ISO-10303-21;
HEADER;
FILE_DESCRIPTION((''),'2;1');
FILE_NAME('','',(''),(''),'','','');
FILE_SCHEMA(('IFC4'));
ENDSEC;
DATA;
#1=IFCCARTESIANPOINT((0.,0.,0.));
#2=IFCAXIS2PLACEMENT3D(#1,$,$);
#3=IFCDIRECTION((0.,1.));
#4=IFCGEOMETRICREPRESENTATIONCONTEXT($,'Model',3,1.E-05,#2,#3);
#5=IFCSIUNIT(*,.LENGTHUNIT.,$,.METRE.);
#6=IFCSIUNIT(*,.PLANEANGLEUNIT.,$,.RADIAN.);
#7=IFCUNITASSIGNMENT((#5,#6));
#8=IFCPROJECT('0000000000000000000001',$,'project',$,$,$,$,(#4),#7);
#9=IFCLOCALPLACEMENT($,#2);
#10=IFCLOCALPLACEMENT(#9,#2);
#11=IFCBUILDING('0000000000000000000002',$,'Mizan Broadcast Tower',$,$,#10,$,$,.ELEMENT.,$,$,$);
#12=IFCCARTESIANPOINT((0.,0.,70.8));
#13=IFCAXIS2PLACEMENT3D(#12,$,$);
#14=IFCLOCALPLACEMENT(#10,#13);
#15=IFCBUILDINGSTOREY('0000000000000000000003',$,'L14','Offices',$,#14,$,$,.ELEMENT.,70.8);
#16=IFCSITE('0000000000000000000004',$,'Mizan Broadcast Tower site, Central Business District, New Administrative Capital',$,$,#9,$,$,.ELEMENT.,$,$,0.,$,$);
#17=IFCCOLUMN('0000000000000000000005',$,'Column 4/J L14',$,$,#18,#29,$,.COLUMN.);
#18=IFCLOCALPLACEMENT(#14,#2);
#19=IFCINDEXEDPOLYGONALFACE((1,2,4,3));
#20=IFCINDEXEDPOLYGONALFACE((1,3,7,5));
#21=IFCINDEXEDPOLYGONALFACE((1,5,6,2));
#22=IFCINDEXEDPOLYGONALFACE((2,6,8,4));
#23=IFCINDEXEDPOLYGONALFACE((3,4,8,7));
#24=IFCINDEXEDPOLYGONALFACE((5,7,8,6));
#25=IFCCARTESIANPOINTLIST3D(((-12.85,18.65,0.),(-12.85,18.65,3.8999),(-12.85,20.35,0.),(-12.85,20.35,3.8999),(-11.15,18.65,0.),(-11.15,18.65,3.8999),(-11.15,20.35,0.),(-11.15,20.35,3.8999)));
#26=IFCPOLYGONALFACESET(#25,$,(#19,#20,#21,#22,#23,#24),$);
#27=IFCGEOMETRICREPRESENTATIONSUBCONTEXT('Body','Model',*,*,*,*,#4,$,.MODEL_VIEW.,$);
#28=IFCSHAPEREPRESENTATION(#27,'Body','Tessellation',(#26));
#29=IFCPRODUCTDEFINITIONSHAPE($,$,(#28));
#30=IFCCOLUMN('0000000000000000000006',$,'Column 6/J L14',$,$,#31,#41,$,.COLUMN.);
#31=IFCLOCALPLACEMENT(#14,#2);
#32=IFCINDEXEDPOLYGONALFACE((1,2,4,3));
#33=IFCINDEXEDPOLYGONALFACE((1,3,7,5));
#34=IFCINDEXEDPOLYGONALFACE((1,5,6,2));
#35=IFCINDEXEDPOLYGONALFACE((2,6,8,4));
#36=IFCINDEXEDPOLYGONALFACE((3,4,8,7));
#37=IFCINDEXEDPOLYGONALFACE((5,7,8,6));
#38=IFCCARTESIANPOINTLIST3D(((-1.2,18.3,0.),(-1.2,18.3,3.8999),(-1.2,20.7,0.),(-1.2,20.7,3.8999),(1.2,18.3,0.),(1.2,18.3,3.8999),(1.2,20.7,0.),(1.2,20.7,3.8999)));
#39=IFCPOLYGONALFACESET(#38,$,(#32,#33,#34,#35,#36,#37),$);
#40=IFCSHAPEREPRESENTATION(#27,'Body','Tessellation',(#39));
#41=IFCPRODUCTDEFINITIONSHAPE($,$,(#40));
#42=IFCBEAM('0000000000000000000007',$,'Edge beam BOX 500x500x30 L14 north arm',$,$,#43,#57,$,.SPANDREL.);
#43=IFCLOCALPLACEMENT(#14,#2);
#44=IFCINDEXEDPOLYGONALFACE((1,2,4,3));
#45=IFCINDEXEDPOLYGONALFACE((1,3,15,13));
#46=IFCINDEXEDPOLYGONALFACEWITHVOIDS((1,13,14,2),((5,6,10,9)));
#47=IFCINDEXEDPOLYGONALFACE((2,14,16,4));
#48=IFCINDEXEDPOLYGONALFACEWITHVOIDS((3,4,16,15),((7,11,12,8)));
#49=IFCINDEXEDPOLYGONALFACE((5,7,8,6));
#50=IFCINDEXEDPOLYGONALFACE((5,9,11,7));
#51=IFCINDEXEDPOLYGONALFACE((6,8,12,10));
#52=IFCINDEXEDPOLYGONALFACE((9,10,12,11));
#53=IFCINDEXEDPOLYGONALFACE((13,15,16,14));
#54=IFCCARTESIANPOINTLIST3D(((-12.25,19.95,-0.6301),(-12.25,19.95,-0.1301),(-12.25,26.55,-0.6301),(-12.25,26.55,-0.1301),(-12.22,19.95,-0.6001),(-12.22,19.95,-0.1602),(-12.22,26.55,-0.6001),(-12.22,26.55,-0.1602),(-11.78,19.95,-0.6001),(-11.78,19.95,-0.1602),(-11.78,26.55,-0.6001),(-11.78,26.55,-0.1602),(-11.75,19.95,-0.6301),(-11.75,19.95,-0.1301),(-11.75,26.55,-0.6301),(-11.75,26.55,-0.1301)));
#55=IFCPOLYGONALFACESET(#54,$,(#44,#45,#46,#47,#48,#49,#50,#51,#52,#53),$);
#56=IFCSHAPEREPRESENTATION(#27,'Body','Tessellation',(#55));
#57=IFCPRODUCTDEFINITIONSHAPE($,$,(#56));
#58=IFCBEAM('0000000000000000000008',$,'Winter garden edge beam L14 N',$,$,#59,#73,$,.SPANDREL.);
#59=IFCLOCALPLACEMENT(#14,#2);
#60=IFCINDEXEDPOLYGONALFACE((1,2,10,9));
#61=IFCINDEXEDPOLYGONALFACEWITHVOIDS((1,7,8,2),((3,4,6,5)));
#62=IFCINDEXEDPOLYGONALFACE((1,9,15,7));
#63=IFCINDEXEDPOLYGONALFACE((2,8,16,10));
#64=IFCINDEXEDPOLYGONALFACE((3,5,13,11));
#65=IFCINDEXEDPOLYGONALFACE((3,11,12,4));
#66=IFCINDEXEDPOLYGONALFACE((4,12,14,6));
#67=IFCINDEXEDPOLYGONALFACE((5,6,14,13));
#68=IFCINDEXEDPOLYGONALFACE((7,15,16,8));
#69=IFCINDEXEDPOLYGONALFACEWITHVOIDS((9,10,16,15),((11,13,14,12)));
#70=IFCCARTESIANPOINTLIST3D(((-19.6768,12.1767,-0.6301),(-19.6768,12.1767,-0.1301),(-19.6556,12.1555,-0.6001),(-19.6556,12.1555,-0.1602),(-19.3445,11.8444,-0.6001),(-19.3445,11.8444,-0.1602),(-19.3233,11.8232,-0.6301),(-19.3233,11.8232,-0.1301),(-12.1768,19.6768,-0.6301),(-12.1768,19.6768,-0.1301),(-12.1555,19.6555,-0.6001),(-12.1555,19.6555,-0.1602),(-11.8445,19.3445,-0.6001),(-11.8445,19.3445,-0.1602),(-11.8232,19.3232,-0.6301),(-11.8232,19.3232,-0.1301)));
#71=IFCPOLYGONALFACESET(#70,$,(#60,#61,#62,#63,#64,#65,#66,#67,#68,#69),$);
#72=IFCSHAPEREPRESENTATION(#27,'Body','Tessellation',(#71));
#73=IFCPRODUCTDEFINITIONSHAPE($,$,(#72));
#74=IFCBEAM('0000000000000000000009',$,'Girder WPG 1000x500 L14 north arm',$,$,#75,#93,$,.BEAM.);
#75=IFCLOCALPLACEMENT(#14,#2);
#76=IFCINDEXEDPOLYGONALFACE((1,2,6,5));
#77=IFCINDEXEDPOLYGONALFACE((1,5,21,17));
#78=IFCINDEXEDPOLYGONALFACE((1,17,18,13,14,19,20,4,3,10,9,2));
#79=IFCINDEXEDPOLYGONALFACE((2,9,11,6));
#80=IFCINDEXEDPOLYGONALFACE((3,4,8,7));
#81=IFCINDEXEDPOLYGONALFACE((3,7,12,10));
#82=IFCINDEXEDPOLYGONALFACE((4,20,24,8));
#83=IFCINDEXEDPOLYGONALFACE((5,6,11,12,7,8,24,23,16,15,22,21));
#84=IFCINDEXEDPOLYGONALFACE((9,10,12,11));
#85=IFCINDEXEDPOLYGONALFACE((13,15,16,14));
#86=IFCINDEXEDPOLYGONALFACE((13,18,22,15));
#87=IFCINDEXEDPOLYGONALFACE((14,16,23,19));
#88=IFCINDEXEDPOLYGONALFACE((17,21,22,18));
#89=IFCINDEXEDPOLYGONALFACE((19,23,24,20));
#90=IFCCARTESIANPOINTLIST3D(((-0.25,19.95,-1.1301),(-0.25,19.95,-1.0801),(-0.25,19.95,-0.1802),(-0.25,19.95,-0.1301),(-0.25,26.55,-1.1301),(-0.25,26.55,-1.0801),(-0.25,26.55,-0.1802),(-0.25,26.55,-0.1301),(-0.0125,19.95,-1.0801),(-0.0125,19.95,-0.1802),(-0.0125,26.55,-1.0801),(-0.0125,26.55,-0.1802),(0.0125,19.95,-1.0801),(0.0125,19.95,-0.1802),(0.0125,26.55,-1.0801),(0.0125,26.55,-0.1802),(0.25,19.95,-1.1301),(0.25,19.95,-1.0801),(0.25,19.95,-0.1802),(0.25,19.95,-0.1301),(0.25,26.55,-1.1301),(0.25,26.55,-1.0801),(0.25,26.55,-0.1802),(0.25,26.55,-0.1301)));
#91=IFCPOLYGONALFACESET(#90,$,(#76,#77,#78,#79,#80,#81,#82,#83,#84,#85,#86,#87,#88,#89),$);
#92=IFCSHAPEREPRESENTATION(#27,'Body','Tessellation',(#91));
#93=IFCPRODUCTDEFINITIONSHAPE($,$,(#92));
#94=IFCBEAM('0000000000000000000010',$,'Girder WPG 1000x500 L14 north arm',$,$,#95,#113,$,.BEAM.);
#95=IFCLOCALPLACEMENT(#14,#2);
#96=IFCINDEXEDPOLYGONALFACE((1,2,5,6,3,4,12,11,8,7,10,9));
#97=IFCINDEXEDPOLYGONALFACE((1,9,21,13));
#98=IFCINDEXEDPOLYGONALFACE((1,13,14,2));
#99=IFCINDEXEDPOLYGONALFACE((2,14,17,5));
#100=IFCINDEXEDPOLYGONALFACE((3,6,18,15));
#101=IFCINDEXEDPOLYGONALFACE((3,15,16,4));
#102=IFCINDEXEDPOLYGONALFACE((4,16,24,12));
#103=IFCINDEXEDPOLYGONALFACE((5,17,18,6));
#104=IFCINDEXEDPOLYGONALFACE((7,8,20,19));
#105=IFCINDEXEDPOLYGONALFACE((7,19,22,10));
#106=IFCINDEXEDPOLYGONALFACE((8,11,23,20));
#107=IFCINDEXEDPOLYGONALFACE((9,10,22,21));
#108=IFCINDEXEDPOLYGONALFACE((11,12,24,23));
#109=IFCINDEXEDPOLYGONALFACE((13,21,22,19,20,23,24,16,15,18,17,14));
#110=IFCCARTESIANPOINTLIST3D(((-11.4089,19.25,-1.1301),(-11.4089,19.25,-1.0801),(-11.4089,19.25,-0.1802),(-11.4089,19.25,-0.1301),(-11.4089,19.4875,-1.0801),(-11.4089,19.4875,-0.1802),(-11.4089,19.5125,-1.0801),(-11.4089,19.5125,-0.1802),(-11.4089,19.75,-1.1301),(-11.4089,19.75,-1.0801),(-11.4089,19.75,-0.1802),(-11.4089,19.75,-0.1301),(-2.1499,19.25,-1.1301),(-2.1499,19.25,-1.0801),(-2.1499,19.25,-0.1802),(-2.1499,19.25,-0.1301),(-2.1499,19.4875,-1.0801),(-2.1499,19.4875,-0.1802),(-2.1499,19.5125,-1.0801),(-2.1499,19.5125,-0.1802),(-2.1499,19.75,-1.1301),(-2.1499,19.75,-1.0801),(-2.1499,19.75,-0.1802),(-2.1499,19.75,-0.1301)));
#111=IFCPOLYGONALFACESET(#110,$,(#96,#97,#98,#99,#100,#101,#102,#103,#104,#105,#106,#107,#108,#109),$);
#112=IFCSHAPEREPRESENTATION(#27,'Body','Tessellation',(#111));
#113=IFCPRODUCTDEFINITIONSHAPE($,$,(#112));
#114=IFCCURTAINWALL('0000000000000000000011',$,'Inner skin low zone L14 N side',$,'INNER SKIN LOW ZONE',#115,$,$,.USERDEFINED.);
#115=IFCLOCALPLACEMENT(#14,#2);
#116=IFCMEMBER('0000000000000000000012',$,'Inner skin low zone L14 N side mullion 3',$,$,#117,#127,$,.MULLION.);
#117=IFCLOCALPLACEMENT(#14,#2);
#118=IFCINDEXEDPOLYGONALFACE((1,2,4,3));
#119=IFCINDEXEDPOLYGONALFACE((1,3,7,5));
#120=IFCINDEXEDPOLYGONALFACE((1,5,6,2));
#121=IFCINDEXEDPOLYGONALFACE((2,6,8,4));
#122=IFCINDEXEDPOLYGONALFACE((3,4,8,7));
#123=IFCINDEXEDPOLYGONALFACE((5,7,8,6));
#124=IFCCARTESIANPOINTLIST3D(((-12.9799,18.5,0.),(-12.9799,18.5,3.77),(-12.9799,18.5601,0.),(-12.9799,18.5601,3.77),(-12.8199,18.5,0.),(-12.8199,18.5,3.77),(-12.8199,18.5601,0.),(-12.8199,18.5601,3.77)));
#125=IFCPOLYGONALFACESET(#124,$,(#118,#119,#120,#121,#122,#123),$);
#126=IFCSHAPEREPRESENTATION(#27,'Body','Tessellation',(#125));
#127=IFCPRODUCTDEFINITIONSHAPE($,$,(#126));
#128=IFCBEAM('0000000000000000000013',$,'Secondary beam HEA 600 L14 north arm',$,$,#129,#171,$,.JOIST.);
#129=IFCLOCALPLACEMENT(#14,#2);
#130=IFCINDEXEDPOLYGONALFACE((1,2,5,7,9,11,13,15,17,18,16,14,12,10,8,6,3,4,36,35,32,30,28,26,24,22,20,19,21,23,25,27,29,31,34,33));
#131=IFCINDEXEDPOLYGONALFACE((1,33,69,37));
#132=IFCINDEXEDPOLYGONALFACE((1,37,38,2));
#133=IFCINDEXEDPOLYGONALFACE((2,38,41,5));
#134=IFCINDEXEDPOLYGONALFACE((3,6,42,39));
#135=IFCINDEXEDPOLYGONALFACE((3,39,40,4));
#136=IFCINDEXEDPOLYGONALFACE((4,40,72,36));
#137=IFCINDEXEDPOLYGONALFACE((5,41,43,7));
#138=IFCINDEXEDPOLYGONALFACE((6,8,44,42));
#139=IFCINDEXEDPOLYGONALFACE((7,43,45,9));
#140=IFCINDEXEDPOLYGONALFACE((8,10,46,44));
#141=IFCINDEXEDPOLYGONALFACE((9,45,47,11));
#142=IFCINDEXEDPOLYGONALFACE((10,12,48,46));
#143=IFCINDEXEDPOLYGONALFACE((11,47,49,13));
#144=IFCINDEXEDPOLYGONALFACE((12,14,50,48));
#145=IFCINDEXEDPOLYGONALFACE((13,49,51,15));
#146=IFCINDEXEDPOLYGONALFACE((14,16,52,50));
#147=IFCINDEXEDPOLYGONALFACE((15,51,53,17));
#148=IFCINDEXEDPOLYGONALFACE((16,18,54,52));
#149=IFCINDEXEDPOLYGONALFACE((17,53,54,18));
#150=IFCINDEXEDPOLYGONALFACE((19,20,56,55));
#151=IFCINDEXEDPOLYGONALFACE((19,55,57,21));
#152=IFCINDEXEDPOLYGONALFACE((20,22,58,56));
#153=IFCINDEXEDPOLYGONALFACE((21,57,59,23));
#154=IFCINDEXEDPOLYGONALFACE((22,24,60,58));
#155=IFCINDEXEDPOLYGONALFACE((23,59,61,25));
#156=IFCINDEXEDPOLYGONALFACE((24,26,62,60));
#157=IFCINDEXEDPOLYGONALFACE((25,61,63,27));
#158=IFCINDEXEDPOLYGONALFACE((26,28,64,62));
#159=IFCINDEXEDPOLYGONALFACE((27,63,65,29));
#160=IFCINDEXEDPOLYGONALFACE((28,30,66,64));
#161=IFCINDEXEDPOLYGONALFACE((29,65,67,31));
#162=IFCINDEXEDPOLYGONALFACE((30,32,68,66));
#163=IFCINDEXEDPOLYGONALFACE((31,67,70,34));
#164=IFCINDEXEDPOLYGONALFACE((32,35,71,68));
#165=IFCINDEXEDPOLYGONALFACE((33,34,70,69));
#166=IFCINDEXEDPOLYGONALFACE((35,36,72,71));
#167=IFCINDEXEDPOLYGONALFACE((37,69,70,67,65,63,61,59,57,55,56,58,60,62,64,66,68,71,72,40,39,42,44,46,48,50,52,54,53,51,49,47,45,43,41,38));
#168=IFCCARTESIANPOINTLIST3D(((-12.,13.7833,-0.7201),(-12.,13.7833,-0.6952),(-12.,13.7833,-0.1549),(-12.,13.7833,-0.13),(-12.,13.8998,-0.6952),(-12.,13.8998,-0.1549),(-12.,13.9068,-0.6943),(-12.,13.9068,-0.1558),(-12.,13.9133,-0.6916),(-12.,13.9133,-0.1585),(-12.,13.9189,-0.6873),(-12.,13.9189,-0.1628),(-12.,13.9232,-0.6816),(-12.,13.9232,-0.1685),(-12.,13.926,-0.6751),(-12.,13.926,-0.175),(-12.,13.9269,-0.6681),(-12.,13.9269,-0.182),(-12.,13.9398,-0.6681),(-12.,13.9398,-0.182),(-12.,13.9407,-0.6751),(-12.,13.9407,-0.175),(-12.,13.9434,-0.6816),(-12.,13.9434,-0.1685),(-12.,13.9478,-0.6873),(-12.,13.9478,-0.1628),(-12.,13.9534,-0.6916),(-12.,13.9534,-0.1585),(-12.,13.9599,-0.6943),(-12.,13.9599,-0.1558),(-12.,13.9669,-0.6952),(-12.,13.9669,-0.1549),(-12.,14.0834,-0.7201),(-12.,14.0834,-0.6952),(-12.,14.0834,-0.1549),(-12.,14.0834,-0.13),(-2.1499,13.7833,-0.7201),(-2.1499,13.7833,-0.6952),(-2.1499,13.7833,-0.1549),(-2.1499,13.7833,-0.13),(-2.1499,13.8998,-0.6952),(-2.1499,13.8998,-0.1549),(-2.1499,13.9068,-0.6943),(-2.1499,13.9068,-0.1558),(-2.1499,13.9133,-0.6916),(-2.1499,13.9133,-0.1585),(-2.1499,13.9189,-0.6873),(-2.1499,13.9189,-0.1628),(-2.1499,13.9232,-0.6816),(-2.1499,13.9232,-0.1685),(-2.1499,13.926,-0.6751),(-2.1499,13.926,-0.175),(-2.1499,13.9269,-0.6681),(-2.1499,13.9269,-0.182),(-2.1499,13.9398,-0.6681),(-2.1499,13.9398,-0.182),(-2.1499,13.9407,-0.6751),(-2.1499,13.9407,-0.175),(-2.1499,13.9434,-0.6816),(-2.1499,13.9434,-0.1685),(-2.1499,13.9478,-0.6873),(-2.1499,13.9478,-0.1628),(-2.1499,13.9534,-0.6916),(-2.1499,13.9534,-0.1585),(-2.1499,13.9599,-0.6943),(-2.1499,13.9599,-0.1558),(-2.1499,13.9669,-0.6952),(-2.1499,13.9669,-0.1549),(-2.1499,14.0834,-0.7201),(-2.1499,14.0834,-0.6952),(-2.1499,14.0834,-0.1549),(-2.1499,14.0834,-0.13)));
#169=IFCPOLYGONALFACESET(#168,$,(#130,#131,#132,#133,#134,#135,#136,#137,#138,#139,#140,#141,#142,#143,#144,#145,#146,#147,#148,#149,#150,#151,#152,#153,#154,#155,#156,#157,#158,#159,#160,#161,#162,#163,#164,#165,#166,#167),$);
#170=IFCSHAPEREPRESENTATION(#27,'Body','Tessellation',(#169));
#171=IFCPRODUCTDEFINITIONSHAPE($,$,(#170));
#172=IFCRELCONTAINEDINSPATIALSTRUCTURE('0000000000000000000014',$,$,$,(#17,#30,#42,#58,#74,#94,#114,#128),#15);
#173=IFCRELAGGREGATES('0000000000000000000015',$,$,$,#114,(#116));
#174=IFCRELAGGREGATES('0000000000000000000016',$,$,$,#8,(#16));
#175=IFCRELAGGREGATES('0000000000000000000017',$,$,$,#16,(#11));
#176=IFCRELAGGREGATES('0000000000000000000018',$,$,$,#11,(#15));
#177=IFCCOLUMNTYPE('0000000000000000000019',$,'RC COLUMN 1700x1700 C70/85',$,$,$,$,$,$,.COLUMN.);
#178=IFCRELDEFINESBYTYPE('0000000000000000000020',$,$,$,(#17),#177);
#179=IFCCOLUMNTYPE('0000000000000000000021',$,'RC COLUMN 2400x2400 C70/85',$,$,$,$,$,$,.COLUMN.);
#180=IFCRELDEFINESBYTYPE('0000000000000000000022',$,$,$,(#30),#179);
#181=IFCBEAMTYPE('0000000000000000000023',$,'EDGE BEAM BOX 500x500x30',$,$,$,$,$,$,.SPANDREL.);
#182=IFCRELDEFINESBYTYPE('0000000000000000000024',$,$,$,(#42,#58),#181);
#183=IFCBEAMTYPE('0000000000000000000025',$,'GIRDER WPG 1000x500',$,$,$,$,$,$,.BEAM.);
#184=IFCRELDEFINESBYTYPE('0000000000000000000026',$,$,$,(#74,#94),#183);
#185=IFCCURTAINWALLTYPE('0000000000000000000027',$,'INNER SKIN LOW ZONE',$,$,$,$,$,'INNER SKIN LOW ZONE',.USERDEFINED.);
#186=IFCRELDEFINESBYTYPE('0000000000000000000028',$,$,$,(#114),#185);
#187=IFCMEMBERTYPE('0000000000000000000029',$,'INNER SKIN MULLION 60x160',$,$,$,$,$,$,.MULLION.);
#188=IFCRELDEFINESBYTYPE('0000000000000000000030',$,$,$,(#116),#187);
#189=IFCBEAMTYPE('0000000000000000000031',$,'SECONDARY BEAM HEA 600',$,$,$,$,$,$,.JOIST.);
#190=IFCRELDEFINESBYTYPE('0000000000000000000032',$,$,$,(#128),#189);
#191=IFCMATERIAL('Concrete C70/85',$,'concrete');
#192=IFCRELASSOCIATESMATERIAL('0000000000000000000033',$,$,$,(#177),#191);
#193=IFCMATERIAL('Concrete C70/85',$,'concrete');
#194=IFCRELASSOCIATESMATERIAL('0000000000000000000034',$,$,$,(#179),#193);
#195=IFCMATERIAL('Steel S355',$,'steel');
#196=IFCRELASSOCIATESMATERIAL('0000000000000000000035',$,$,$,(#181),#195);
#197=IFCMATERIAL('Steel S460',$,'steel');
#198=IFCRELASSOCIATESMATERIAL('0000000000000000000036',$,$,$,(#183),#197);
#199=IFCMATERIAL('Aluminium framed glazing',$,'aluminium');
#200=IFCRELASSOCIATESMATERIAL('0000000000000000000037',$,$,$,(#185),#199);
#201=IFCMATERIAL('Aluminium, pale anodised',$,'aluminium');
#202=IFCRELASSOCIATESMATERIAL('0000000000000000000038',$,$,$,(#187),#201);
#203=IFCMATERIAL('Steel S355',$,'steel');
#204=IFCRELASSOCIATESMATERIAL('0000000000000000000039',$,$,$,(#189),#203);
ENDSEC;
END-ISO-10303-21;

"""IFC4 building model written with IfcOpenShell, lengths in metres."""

from ifc_helpers import new_model, si_unit, direction, frame, origin, origin_2d, place, context, subcontext, project, spatial, rectangle, hollow_rectangle, i_section, extrude, material, material_profile, profile_set, type_object, element, aggregate, save


model = new_model("IFC4")

# Units and contexts
model_context = context("Model", 3, precision=1e-05, world=origin(), true_north=direction((0.0, 1.0)))
body_context = subcontext(model_context, "Body", "Model", "MODEL_VIEW")
ifc_project = project(units=[si_unit("LENGTHUNIT", "METRE"), si_unit("PLANEANGLEUNIT", "RADIAN")], contexts=[model_context])

# Site, building, storey
site_placement = place(None, origin())
site = spatial("IfcSite", under=ifc_project, at=site_placement, Name="Mizan Broadcast Tower site, Central Business District, New Administrative Capital", CompositionType="ELEMENT", RefElevation=0.0)
building_placement = place(site_placement, origin())
building = spatial("IfcBuilding", under=site, at=building_placement, Name="Mizan Broadcast Tower", CompositionType="ELEMENT")
storey_placement = place(building_placement, frame((0.0, 0.0, 70.8)))
storey = spatial("IfcBuildingStorey", under=building, at=storey_placement, Name="L14", Description="Offices", CompositionType="ELEMENT", Elevation=70.8)

# Columns
ifc_material_1 = material(Name="Concrete C70/85", Category="concrete")
ifc_material_profile_1 = material_profile(ifc_material_1, rectangle(XDim=1.7, YDim=1.7, at=origin_2d()), Name="RC 1700x1700")
ifc_profile_set_1 = profile_set([ifc_material_profile_1], Name="Concrete C70/85")
column_type_1 = type_object("IfcColumnType", Name="RC COLUMN 1700x1700 C70/85", PredefinedType="COLUMN", material=ifc_profile_set_1)
column_1_placement = place(storey_placement, frame((-12.0, 19.5, 0.0), z_axis=(0.0, 0.0, 1.0), x_axis=(1.0, 0.0, 0.0)))
element("IfcColumn", 1, at=column_1_placement, inside=storey, type_object=column_type_1, Name="Column 4/J L14", PredefinedType="COLUMN", context=body_context, shape_type="SweptSolid", body=[
    extrude(rectangle(XDim=1.7, YDim=1.7, at=origin_2d()), origin(), (0.0, 0.0, 1.0), 3.8999),
])
ifc_material_2 = material(Name="Concrete C70/85", Category="concrete")
ifc_material_profile_2 = material_profile(ifc_material_2, rectangle(XDim=2.3999, YDim=2.3999, at=origin_2d()), Name="RC 2400x2400")
ifc_profile_set_2 = profile_set([ifc_material_profile_2], Name="Concrete C70/85")
column_type_2 = type_object("IfcColumnType", Name="RC COLUMN 2400x2400 C70/85", PredefinedType="COLUMN", material=ifc_profile_set_2)
column_2_placement = place(storey_placement, frame((0.0, 19.5, 0.0), z_axis=(0.0, 0.0, 1.0), x_axis=(1.0, 0.0, 0.0)))
element("IfcColumn", 2, at=column_2_placement, inside=storey, type_object=column_type_2, Name="Column 6/J L14", PredefinedType="COLUMN", context=body_context, shape_type="SweptSolid", body=[
    extrude(rectangle(XDim=2.3999, YDim=2.3999, at=origin_2d()), origin(), (0.0, 0.0, 1.0), 3.8999),
])

# Beams
ifc_material_3 = material(Name="Steel S355", Category="steel")
ifc_material_profile_3 = material_profile(ifc_material_3, hollow_rectangle(XDim=0.5, YDim=0.5, WallThickness=0.03, at=origin_2d()), Name="BOX 500x500x30")
ifc_profile_set_3 = profile_set([ifc_material_profile_3], Name="Steel S355")
beam_type_1 = type_object("IfcBeamType", Name="EDGE BEAM BOX 500x500x30", PredefinedType="SPANDREL", material=ifc_profile_set_3)
beam_1_placement = place(storey_placement, frame((-12.0, 19.95, -0.3801), z_axis=(0.0, 1.0, 0.0), x_axis=(-1.0, 0.0, 0.0)))
element("IfcBeam", 3, at=beam_1_placement, inside=storey, type_object=beam_type_1, Name="Edge beam BOX 500x500x30 L14 north arm", PredefinedType="SPANDREL", context=body_context, shape_type="SweptSolid", body=[
    extrude(hollow_rectangle(XDim=0.5, YDim=0.5, WallThickness=0.03, at=origin_2d()), origin(), (0.0, 0.0, 1.0), 6.6001),
])
beam_2_placement = place(storey_placement, frame((-12.0, 19.5, -0.3801), z_axis=(-0.707107, -0.707107, 0.0), x_axis=(0.707107, -0.707107, 0.0)))
element("IfcBeam", 4, at=beam_2_placement, inside=storey, type_object=beam_type_1, Name="Winter garden edge beam L14 N", PredefinedType="SPANDREL", context=body_context, shape_type="SweptSolid", body=[
    extrude(hollow_rectangle(XDim=0.5, YDim=0.5, WallThickness=0.03, at=origin_2d()), origin(), (0.0, 0.0, 1.0), 10.6067),
])
ifc_material_4 = material(Name="Steel S460", Category="steel")
ifc_material_profile_4 = material_profile(ifc_material_4, i_section(OverallWidth=0.5, OverallDepth=1.0, WebThickness=0.0249, FlangeThickness=0.05, at=origin_2d()), Name="WPG 1000x500")
ifc_profile_set_4 = profile_set([ifc_material_profile_4], Name="Steel S460")
beam_type_2 = type_object("IfcBeamType", Name="GIRDER WPG 1000x500", PredefinedType="BEAM", material=ifc_profile_set_4)
beam_3_placement = place(storey_placement, frame((0.0, 19.95, -0.6301), z_axis=(0.0, 1.0, 0.0), x_axis=(-1.0, 0.0, 0.0)))
element("IfcBeam", 5, at=beam_3_placement, inside=storey, type_object=beam_type_2, Name="Girder WPG 1000x500 L14 north arm", PredefinedType="BEAM", context=body_context, shape_type="SweptSolid", body=[
    extrude(i_section(OverallWidth=0.5, OverallDepth=1.0, WebThickness=0.0249, FlangeThickness=0.05, at=origin_2d()), origin(), (0.0, 0.0, 1.0), 6.6001),
])
beam_4_placement = place(storey_placement, frame((-11.4089, 19.5, -0.6301), z_axis=(1.0, 0.0, 0.0), x_axis=(0.0, 1.0, 0.0)))
element("IfcBeam", 6, at=beam_4_placement, inside=storey, type_object=beam_type_2, Name="Girder WPG 1000x500 L14 north arm", PredefinedType="BEAM", context=body_context, shape_type="SweptSolid", body=[
    extrude(i_section(OverallWidth=0.5, OverallDepth=1.0, WebThickness=0.0249, FlangeThickness=0.05, at=origin_2d()), origin(), (0.0, 0.0, 1.0), 9.259),
])

# Curtain wall, member
ifc_material_5 = material(Name="Aluminium framed glazing", Category="aluminium")
curtain_wall_type = type_object("IfcCurtainWallType", Name="INNER SKIN LOW ZONE", ElementType="INNER SKIN LOW ZONE", PredefinedType="USERDEFINED", material=ifc_material_5)
curtain_wall_placement = place(storey_placement, origin())
curtain_wall = element("IfcCurtainWall", 7, at=curtain_wall_placement, inside=storey, type_object=curtain_wall_type, Name="Inner skin low zone L14 N side", ObjectType="INNER SKIN LOW ZONE", PredefinedType="USERDEFINED")
ifc_material_6 = material(Name="Aluminium, pale anodised", Category="aluminium")
ifc_material_profile_5 = material_profile(ifc_material_6, rectangle(XDim=0.1599, YDim=0.0601, at=origin_2d()), Name="MULLION 160x60")
ifc_profile_set_5 = profile_set([ifc_material_profile_5], Name="Aluminium, pale anodised")
member_type = type_object("IfcMemberType", Name="INNER SKIN MULLION 60x160", PredefinedType="MULLION", material=ifc_profile_set_5)
member_placement = place(storey_placement, frame((-12.8999, 18.53, 0.0), z_axis=(0.0, 0.0, 1.0), x_axis=(1.0, 0.0, 0.0)))
member = element("IfcMember", 8, at=member_placement, type_object=member_type, Name="Inner skin low zone L14 N side mullion 3", PredefinedType="MULLION", context=body_context, shape_type="SweptSolid", body=[
    extrude(rectangle(XDim=0.1599, YDim=0.0601, at=origin_2d()), origin(), (0.0, 0.0, 1.0), 3.77),
])

# Beam
ifc_material_7 = material(Name="Steel S355", Category="steel")
ifc_material_profile_6 = material_profile(ifc_material_7, i_section(OverallWidth=0.3, OverallDepth=0.5901, WebThickness=0.0129, FlangeThickness=0.0249, FilletRadius=0.0271, at=origin_2d()), Name="HEA 600")
ifc_profile_set_6 = profile_set([ifc_material_profile_6], Name="Steel S355")
beam_type_3 = type_object("IfcBeamType", Name="SECONDARY BEAM HEA 600", PredefinedType="JOIST", material=ifc_profile_set_6)
for number, where, z_axis, x_axis, name in (
    (9, (-12.0, 13.9333, -0.425), (1.0, 0.0, 0.0), (0.0, 1.0, 0.0), "Secondary beam HEA 600 L14 north arm"),
):
    element("IfcBeam", number, at=place(storey_placement, frame(where, z_axis=z_axis, x_axis=x_axis)), inside=storey, type_object=beam_type_3, Name=name, PredefinedType="JOIST", context=body_context, shape_type="SweptSolid", body=[
        extrude(i_section(OverallWidth=0.3, OverallDepth=0.5901, WebThickness=0.0129, FlangeThickness=0.0249, FilletRadius=0.0271, at=origin_2d()), origin(), (0.0, 0.0, 1.0), 9.8501),
    ])

aggregate(curtain_wall, [member])

save(model, "model.ifc")
